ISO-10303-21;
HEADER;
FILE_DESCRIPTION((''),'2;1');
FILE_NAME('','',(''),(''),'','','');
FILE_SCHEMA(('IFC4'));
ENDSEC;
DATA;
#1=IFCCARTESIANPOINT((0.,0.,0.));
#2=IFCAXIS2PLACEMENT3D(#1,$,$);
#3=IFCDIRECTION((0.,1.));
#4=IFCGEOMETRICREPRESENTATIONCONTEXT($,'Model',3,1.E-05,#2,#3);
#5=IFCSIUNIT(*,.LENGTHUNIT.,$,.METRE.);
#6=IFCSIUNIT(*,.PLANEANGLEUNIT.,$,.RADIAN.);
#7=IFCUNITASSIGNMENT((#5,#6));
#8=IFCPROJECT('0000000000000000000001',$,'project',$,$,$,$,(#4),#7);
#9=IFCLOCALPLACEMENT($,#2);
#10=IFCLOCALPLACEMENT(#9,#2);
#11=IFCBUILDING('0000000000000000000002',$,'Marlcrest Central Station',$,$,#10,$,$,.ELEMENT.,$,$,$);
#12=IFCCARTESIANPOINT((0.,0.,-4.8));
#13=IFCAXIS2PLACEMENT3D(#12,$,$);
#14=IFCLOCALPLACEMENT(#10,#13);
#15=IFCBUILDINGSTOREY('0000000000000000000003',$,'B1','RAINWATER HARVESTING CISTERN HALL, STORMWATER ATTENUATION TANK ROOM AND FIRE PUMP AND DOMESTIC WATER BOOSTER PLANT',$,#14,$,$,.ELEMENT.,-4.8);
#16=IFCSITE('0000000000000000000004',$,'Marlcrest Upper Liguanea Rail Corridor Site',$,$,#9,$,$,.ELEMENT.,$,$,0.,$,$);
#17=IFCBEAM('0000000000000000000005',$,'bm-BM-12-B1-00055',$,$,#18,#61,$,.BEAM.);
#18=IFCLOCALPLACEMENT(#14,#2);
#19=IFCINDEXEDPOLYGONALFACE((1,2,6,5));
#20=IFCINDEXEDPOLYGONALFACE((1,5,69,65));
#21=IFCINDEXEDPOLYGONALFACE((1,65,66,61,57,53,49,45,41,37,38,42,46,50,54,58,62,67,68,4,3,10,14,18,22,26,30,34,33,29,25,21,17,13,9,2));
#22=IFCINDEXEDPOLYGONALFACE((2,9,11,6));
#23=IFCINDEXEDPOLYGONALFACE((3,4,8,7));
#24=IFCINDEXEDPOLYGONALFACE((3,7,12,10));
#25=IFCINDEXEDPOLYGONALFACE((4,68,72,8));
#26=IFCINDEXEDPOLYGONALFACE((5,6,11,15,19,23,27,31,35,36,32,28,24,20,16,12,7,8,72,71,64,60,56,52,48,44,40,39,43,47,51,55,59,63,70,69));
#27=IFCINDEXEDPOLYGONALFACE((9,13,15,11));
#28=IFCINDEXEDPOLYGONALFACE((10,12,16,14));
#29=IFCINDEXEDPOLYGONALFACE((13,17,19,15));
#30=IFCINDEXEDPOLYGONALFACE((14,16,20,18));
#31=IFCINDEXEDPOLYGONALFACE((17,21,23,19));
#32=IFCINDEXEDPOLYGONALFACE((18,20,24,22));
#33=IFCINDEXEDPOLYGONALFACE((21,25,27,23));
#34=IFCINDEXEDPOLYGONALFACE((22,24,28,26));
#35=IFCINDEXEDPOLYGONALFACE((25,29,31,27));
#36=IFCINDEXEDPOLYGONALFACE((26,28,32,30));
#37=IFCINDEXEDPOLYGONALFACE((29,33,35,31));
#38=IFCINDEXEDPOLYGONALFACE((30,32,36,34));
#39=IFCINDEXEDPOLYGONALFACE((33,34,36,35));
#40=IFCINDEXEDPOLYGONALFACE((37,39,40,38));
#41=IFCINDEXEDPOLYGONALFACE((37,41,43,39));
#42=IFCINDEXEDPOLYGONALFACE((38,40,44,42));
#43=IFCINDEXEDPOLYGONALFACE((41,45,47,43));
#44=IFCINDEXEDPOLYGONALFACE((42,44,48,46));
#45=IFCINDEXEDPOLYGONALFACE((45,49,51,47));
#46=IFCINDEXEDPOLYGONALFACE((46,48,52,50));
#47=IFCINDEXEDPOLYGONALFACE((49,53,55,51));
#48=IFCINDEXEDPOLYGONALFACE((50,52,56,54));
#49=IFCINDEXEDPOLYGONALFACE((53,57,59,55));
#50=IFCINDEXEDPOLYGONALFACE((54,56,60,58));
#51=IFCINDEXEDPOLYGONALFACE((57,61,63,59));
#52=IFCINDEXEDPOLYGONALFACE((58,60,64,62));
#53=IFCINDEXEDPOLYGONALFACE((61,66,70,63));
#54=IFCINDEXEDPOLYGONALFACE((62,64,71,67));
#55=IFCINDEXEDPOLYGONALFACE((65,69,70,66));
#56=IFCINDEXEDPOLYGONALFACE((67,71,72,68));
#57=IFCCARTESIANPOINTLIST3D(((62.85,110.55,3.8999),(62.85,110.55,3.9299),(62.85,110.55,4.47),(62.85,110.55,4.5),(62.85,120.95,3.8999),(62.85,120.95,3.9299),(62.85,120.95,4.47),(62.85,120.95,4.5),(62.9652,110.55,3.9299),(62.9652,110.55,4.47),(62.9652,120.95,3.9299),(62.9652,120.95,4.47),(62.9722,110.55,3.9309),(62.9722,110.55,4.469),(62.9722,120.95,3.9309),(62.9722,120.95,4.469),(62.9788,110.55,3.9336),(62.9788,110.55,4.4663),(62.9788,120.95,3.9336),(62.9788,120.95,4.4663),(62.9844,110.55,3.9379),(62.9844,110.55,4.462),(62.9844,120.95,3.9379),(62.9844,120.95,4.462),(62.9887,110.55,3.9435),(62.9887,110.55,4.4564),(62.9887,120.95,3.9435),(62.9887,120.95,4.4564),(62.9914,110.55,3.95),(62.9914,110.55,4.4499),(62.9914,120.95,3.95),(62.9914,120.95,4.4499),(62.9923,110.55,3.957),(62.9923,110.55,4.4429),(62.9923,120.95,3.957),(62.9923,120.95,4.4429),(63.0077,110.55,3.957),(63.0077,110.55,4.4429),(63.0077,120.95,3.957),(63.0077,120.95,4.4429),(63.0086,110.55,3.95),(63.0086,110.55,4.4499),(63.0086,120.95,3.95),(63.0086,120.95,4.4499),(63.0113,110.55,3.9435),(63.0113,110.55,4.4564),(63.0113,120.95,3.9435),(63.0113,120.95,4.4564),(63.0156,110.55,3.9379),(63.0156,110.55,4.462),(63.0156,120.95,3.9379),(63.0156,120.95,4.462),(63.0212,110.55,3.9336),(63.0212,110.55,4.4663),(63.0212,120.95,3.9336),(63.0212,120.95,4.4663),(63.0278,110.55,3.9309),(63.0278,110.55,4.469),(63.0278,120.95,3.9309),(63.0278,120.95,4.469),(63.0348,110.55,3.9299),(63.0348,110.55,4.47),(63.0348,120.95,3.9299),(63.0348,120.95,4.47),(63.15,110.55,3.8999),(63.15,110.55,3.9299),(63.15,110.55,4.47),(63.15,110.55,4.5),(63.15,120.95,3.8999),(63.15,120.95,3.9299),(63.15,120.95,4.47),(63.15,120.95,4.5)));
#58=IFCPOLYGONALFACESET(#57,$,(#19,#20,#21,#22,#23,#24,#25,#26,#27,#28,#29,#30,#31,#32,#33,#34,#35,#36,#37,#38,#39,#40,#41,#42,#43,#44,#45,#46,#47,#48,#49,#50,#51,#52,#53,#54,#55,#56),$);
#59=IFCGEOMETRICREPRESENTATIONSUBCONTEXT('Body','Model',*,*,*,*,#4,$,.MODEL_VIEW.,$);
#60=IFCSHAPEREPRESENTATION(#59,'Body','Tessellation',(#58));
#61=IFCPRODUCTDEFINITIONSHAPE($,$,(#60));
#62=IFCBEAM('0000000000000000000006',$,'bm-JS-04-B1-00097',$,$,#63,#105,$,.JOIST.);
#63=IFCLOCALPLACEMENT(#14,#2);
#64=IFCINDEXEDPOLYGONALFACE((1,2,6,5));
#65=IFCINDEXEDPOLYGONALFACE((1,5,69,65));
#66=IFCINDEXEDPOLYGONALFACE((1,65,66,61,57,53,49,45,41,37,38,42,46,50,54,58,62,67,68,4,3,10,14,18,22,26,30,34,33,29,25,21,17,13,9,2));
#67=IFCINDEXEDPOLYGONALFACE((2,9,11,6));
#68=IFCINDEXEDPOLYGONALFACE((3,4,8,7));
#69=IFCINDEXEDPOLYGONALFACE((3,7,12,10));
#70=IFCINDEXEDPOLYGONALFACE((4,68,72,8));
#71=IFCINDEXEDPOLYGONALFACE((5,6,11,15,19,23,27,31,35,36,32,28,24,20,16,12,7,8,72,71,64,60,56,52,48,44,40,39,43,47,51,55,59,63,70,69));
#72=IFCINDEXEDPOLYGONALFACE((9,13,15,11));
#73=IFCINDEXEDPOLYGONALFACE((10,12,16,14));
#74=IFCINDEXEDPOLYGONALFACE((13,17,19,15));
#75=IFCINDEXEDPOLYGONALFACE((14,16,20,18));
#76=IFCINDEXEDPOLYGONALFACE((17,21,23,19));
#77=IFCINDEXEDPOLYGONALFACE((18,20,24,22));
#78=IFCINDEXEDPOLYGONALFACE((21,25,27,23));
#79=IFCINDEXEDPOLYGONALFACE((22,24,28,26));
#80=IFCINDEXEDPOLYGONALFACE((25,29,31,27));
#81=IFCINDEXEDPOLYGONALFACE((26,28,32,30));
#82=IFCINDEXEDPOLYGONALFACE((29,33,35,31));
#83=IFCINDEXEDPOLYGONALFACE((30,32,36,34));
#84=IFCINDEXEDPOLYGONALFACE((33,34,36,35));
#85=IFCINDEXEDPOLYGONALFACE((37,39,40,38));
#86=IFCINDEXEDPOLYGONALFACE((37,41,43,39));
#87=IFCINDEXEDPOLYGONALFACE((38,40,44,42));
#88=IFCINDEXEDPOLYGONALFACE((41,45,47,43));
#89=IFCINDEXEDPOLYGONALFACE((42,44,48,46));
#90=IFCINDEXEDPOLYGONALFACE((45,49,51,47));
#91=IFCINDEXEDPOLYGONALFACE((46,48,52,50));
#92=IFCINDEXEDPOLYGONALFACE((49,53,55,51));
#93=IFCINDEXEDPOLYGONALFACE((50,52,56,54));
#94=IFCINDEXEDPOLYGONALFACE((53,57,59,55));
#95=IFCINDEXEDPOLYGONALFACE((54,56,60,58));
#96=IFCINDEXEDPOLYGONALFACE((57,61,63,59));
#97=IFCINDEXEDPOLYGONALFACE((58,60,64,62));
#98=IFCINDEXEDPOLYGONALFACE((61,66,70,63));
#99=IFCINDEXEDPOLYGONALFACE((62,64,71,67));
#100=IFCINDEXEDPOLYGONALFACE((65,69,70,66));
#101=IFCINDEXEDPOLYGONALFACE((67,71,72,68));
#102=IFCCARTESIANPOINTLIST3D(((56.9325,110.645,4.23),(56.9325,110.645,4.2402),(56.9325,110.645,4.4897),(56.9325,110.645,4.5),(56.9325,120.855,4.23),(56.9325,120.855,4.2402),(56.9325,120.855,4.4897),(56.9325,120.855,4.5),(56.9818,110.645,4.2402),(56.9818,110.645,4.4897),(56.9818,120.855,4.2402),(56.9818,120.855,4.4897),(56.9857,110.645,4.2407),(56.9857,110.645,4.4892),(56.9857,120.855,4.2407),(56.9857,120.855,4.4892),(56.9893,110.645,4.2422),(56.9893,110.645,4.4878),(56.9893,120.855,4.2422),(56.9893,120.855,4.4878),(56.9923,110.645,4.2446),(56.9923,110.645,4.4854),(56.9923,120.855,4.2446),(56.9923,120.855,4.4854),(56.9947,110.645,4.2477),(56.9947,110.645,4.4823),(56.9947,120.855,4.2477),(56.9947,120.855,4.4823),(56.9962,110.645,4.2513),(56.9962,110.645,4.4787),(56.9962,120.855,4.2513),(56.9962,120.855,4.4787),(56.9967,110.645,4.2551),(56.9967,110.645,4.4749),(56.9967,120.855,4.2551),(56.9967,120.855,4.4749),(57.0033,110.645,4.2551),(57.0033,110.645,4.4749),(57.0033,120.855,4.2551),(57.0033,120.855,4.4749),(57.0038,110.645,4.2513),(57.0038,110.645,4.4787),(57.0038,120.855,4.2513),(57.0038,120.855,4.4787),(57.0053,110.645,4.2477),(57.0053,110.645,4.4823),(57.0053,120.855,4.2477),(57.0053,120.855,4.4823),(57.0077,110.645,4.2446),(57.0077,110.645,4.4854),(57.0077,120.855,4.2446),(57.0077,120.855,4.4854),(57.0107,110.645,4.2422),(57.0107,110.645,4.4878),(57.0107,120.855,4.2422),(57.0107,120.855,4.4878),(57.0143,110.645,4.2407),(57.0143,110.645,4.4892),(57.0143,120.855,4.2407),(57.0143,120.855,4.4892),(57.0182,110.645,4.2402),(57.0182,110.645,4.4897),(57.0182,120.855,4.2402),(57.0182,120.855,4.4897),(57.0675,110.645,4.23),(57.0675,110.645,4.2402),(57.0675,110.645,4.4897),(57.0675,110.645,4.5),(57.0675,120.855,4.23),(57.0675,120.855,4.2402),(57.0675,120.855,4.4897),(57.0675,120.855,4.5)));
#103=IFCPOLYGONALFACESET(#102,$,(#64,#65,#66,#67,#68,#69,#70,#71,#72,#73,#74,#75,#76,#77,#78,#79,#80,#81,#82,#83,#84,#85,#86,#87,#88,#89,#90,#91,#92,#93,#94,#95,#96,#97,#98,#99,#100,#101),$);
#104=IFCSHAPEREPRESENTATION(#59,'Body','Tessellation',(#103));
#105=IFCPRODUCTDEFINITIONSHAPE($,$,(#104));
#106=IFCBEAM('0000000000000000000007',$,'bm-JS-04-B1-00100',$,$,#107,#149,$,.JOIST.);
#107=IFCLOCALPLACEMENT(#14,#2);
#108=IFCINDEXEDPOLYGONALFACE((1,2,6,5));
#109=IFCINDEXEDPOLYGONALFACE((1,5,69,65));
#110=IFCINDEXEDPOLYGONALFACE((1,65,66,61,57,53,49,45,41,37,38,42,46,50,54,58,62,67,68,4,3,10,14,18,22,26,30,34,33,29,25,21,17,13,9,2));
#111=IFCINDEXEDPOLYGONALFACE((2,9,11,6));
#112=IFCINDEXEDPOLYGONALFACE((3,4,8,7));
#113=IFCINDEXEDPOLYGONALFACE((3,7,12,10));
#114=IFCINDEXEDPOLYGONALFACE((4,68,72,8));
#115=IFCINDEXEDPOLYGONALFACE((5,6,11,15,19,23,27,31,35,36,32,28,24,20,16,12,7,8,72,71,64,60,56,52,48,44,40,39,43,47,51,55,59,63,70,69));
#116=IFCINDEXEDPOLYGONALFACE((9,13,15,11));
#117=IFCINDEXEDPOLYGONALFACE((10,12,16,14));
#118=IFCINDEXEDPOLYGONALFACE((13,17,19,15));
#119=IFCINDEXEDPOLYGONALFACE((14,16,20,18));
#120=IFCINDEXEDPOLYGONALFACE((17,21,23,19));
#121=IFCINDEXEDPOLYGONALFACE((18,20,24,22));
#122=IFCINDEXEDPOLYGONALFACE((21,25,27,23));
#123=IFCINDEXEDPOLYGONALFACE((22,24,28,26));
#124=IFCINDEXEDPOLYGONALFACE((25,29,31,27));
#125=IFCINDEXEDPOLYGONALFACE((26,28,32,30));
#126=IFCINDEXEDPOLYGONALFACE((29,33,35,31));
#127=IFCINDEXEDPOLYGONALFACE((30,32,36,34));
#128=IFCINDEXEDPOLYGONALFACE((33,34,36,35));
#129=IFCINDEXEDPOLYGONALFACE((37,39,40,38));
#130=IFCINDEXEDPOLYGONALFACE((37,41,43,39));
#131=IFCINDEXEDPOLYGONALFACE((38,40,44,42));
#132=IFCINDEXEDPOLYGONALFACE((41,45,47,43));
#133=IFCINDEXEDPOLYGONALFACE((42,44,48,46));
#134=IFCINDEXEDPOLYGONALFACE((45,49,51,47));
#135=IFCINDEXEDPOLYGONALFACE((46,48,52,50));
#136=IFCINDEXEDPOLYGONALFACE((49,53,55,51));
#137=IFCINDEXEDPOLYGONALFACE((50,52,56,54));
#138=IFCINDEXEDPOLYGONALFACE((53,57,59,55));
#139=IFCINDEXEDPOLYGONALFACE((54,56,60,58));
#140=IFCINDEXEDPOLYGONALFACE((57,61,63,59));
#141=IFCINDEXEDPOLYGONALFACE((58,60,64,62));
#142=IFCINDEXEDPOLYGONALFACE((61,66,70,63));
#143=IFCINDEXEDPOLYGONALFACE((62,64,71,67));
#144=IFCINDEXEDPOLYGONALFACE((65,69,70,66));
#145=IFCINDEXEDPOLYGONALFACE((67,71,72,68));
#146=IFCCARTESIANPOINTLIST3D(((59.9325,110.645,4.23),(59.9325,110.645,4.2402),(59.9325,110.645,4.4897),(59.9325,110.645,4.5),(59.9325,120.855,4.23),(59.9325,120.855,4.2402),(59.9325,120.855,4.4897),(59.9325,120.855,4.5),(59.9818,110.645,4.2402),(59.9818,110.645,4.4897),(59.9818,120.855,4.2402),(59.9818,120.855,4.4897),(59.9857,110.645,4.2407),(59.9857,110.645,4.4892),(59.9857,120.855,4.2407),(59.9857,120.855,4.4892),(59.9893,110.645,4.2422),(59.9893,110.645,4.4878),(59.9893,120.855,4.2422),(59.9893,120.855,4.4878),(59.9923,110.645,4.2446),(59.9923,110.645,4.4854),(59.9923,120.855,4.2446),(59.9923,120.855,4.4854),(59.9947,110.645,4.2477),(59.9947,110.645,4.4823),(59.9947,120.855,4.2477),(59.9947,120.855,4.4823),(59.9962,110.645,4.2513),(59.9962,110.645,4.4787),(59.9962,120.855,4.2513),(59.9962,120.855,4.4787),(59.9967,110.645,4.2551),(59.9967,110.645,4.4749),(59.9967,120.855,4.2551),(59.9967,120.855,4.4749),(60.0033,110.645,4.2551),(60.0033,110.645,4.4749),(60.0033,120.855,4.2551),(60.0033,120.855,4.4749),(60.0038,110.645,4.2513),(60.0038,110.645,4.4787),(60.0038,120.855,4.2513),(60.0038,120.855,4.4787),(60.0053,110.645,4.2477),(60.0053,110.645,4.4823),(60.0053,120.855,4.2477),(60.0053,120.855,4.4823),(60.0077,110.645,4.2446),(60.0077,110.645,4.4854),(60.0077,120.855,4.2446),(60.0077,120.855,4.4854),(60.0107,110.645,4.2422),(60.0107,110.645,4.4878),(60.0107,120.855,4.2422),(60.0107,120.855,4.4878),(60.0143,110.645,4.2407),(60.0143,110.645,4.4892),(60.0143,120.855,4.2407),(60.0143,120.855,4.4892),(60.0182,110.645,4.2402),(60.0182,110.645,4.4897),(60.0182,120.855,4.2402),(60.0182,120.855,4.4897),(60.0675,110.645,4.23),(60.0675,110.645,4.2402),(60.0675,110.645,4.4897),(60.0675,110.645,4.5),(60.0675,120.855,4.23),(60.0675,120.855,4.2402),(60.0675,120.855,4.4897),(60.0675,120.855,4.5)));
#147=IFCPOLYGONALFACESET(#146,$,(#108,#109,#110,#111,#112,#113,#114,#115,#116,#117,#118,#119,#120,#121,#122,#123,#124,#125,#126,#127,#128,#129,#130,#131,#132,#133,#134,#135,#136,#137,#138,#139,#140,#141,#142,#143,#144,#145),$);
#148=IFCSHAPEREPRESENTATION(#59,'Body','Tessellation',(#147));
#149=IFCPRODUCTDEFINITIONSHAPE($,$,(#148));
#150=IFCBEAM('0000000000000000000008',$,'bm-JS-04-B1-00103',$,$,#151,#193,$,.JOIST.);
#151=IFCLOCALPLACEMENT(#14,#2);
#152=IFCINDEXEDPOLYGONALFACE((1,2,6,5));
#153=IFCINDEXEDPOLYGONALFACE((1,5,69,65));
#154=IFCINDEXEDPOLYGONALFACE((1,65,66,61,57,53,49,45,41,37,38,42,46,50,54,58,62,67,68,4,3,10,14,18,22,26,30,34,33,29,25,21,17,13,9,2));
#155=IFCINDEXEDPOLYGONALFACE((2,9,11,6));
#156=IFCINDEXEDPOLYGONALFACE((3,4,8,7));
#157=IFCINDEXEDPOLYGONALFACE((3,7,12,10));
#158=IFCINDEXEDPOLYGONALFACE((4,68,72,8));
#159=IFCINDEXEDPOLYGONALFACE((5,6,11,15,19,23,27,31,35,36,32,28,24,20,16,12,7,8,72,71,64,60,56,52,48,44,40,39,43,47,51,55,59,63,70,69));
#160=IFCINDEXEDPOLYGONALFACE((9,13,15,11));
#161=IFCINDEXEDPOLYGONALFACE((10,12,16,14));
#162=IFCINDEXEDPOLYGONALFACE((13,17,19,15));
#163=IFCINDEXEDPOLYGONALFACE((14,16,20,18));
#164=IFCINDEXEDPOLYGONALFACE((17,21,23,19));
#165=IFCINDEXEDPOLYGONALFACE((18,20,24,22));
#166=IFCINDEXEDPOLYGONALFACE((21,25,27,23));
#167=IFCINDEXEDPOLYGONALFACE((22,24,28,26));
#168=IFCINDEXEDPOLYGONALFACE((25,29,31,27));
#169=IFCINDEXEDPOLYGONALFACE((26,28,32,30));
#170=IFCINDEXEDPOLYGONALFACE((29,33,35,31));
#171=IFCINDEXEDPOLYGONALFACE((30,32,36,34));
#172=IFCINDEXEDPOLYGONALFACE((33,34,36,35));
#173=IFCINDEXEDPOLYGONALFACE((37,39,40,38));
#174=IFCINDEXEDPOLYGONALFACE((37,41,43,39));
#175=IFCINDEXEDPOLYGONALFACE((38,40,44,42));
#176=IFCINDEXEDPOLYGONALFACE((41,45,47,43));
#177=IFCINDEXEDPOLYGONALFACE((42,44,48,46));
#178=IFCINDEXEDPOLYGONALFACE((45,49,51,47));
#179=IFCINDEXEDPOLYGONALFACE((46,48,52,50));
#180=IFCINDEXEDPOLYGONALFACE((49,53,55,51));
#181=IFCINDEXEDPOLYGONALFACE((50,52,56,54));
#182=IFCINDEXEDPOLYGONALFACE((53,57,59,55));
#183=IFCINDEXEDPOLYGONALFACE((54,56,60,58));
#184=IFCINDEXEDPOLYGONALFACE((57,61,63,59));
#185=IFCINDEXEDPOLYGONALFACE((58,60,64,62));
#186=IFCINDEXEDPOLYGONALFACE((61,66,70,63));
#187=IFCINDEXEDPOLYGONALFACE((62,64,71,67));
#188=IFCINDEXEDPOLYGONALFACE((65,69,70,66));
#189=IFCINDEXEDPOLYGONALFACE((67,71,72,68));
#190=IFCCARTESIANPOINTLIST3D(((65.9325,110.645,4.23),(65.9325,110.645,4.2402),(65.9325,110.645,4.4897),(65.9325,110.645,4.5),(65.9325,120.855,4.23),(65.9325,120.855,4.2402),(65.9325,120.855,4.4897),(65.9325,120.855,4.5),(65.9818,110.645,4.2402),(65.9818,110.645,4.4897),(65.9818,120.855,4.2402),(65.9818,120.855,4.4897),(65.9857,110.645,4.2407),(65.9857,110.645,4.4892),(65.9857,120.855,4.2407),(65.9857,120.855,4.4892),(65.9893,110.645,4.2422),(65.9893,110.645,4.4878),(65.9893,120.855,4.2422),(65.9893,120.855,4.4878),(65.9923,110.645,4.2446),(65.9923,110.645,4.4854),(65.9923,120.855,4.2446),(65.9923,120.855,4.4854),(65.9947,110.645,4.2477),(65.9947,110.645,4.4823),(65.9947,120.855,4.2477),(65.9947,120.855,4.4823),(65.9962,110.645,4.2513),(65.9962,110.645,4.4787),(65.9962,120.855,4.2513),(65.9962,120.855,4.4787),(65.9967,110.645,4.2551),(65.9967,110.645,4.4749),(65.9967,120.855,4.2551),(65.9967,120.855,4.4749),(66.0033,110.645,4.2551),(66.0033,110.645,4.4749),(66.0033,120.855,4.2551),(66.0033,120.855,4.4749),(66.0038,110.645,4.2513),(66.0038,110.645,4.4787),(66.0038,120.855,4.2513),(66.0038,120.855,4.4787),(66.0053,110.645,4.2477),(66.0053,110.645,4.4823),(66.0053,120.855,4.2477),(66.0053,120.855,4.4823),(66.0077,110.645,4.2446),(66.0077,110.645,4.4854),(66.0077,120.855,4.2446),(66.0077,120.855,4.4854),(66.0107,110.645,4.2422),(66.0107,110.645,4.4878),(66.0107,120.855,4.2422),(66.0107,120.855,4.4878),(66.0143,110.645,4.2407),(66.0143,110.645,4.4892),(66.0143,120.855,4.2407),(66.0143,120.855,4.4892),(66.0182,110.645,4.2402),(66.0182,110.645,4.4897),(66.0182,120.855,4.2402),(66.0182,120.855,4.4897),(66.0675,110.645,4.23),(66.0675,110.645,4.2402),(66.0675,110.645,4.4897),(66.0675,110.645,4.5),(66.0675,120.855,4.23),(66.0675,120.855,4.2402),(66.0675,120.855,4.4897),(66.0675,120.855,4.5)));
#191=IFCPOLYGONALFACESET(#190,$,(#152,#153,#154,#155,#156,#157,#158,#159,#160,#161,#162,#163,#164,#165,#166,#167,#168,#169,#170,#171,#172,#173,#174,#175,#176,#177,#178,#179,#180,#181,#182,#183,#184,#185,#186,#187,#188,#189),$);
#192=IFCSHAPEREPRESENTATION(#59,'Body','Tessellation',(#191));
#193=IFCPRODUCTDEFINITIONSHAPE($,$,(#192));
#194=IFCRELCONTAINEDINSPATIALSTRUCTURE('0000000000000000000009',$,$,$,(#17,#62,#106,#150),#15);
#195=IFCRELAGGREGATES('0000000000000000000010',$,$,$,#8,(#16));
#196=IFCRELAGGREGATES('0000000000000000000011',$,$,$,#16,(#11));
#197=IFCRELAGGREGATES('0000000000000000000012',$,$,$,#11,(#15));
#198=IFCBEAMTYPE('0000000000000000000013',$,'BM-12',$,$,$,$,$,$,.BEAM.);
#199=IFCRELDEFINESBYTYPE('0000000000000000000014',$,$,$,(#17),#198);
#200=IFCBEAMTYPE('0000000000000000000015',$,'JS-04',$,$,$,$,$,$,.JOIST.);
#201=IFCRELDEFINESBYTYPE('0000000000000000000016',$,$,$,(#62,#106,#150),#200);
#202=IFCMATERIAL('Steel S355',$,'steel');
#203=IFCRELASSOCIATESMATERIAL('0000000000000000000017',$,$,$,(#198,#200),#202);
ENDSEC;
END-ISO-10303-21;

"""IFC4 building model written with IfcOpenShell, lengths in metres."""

from ifc_helpers import new_model, si_unit, direction, frame, origin, origin_2d, place, context, subcontext, project, spatial, i_section, extrude, material, material_profile, profile_set, type_object, element, save


model = new_model("IFC4")

# Units and contexts
model_context = context("Model", 3, precision=1e-05, world=origin(), true_north=direction((0.0, 1.0)))
body_context = subcontext(model_context, "Body", "Model", "MODEL_VIEW")
ifc_project = project(units=[si_unit("LENGTHUNIT", "METRE"), si_unit("PLANEANGLEUNIT", "RADIAN")], contexts=[model_context])

# Site, building, storey
site_placement = place(None, origin())
site = spatial("IfcSite", under=ifc_project, at=site_placement, Name="Marlcrest Upper Liguanea Rail Corridor Site", CompositionType="ELEMENT", RefElevation=0.0)
building_placement = place(site_placement, origin())
building = spatial("IfcBuilding", under=site, at=building_placement, Name="Marlcrest Central Station", CompositionType="ELEMENT")
storey_placement = place(building_placement, frame((0.0, 0.0, -4.8)))
storey = spatial("IfcBuildingStorey", under=building, at=storey_placement, Name="B1", Description="RAINWATER HARVESTING CISTERN HALL, STORMWATER ATTENUATION TANK ROOM AND FIRE PUMP AND DOMESTIC WATER BOOSTER PLANT", CompositionType="ELEMENT", Elevation=-4.8)

# Shared definitions
ifc_material_1 = material(Name="Steel S355", Category="steel")

# Beams
ifc_material_profile_1 = material_profile(ifc_material_1, i_section(OverallWidth=0.3, OverallDepth=0.6001, WebThickness=0.0154, FlangeThickness=0.03, FilletRadius=0.0271, at=origin_2d()), Name="HEB 600")
ifc_profile_set_1 = profile_set([ifc_material_profile_1], Name="Steel S355")
beam_type_1 = type_object("IfcBeamType", Name="BM-12", PredefinedType="BEAM", material=ifc_profile_set_1)
for number, where, z_axis, x_axis, name in (
    (1, (63.0, 110.55, 4.2), (0.0, 1.0, 0.0), (-1.0, 0.0, 0.0), "bm-BM-12-B1-00055"),
):
    element("IfcBeam", number, at=place(storey_placement, frame(where, z_axis=z_axis, x_axis=x_axis)), inside=storey, type_object=beam_type_1, Name=name, PredefinedType="BEAM", context=body_context, shape_type="SweptSolid", body=[
        extrude(i_section(OverallWidth=0.3, OverallDepth=0.6001, WebThickness=0.0154, FlangeThickness=0.03, FilletRadius=0.0271, at=origin_2d()), origin(), (0.0, 0.0, 1.0), 10.3999),
    ])
ifc_material_profile_2 = material_profile(ifc_material_1, i_section(OverallWidth=0.135, OverallDepth=0.27, WebThickness=0.0066, FlangeThickness=0.0103, FilletRadius=0.0149, at=origin_2d()), Name="IPE 270")
ifc_profile_set_2 = profile_set([ifc_material_profile_2], Name="Steel S355")
beam_type_2 = type_object("IfcBeamType", Name="JS-04", PredefinedType="JOIST", material=ifc_profile_set_2)
for number, where, z_axis, x_axis, name in (
    (2, (57.0, 110.645, 4.365), (0.0, 1.0, 0.0), (-1.0, 0.0, 0.0), "bm-JS-04-B1-00097"),
    (3, (60.0, 110.645, 4.365), (0.0, 1.0, 0.0), (-1.0, 0.0, 0.0), "bm-JS-04-B1-00100"),
    (4, (66.0, 110.645, 4.365), (0.0, 1.0, 0.0), (-1.0, 0.0, 0.0), "bm-JS-04-B1-00103"),
):
    element("IfcBeam", number, at=place(storey_placement, frame(where, z_axis=z_axis, x_axis=x_axis)), inside=storey, type_object=beam_type_2, Name=name, PredefinedType="JOIST", context=body_context, shape_type="SweptSolid", body=[
        extrude(i_section(OverallWidth=0.135, OverallDepth=0.27, WebThickness=0.0066, FlangeThickness=0.0103, FilletRadius=0.0149, at=origin_2d()), origin(), (0.0, 0.0, 1.0), 10.21),
    ])

save(model, "model.ifc")
